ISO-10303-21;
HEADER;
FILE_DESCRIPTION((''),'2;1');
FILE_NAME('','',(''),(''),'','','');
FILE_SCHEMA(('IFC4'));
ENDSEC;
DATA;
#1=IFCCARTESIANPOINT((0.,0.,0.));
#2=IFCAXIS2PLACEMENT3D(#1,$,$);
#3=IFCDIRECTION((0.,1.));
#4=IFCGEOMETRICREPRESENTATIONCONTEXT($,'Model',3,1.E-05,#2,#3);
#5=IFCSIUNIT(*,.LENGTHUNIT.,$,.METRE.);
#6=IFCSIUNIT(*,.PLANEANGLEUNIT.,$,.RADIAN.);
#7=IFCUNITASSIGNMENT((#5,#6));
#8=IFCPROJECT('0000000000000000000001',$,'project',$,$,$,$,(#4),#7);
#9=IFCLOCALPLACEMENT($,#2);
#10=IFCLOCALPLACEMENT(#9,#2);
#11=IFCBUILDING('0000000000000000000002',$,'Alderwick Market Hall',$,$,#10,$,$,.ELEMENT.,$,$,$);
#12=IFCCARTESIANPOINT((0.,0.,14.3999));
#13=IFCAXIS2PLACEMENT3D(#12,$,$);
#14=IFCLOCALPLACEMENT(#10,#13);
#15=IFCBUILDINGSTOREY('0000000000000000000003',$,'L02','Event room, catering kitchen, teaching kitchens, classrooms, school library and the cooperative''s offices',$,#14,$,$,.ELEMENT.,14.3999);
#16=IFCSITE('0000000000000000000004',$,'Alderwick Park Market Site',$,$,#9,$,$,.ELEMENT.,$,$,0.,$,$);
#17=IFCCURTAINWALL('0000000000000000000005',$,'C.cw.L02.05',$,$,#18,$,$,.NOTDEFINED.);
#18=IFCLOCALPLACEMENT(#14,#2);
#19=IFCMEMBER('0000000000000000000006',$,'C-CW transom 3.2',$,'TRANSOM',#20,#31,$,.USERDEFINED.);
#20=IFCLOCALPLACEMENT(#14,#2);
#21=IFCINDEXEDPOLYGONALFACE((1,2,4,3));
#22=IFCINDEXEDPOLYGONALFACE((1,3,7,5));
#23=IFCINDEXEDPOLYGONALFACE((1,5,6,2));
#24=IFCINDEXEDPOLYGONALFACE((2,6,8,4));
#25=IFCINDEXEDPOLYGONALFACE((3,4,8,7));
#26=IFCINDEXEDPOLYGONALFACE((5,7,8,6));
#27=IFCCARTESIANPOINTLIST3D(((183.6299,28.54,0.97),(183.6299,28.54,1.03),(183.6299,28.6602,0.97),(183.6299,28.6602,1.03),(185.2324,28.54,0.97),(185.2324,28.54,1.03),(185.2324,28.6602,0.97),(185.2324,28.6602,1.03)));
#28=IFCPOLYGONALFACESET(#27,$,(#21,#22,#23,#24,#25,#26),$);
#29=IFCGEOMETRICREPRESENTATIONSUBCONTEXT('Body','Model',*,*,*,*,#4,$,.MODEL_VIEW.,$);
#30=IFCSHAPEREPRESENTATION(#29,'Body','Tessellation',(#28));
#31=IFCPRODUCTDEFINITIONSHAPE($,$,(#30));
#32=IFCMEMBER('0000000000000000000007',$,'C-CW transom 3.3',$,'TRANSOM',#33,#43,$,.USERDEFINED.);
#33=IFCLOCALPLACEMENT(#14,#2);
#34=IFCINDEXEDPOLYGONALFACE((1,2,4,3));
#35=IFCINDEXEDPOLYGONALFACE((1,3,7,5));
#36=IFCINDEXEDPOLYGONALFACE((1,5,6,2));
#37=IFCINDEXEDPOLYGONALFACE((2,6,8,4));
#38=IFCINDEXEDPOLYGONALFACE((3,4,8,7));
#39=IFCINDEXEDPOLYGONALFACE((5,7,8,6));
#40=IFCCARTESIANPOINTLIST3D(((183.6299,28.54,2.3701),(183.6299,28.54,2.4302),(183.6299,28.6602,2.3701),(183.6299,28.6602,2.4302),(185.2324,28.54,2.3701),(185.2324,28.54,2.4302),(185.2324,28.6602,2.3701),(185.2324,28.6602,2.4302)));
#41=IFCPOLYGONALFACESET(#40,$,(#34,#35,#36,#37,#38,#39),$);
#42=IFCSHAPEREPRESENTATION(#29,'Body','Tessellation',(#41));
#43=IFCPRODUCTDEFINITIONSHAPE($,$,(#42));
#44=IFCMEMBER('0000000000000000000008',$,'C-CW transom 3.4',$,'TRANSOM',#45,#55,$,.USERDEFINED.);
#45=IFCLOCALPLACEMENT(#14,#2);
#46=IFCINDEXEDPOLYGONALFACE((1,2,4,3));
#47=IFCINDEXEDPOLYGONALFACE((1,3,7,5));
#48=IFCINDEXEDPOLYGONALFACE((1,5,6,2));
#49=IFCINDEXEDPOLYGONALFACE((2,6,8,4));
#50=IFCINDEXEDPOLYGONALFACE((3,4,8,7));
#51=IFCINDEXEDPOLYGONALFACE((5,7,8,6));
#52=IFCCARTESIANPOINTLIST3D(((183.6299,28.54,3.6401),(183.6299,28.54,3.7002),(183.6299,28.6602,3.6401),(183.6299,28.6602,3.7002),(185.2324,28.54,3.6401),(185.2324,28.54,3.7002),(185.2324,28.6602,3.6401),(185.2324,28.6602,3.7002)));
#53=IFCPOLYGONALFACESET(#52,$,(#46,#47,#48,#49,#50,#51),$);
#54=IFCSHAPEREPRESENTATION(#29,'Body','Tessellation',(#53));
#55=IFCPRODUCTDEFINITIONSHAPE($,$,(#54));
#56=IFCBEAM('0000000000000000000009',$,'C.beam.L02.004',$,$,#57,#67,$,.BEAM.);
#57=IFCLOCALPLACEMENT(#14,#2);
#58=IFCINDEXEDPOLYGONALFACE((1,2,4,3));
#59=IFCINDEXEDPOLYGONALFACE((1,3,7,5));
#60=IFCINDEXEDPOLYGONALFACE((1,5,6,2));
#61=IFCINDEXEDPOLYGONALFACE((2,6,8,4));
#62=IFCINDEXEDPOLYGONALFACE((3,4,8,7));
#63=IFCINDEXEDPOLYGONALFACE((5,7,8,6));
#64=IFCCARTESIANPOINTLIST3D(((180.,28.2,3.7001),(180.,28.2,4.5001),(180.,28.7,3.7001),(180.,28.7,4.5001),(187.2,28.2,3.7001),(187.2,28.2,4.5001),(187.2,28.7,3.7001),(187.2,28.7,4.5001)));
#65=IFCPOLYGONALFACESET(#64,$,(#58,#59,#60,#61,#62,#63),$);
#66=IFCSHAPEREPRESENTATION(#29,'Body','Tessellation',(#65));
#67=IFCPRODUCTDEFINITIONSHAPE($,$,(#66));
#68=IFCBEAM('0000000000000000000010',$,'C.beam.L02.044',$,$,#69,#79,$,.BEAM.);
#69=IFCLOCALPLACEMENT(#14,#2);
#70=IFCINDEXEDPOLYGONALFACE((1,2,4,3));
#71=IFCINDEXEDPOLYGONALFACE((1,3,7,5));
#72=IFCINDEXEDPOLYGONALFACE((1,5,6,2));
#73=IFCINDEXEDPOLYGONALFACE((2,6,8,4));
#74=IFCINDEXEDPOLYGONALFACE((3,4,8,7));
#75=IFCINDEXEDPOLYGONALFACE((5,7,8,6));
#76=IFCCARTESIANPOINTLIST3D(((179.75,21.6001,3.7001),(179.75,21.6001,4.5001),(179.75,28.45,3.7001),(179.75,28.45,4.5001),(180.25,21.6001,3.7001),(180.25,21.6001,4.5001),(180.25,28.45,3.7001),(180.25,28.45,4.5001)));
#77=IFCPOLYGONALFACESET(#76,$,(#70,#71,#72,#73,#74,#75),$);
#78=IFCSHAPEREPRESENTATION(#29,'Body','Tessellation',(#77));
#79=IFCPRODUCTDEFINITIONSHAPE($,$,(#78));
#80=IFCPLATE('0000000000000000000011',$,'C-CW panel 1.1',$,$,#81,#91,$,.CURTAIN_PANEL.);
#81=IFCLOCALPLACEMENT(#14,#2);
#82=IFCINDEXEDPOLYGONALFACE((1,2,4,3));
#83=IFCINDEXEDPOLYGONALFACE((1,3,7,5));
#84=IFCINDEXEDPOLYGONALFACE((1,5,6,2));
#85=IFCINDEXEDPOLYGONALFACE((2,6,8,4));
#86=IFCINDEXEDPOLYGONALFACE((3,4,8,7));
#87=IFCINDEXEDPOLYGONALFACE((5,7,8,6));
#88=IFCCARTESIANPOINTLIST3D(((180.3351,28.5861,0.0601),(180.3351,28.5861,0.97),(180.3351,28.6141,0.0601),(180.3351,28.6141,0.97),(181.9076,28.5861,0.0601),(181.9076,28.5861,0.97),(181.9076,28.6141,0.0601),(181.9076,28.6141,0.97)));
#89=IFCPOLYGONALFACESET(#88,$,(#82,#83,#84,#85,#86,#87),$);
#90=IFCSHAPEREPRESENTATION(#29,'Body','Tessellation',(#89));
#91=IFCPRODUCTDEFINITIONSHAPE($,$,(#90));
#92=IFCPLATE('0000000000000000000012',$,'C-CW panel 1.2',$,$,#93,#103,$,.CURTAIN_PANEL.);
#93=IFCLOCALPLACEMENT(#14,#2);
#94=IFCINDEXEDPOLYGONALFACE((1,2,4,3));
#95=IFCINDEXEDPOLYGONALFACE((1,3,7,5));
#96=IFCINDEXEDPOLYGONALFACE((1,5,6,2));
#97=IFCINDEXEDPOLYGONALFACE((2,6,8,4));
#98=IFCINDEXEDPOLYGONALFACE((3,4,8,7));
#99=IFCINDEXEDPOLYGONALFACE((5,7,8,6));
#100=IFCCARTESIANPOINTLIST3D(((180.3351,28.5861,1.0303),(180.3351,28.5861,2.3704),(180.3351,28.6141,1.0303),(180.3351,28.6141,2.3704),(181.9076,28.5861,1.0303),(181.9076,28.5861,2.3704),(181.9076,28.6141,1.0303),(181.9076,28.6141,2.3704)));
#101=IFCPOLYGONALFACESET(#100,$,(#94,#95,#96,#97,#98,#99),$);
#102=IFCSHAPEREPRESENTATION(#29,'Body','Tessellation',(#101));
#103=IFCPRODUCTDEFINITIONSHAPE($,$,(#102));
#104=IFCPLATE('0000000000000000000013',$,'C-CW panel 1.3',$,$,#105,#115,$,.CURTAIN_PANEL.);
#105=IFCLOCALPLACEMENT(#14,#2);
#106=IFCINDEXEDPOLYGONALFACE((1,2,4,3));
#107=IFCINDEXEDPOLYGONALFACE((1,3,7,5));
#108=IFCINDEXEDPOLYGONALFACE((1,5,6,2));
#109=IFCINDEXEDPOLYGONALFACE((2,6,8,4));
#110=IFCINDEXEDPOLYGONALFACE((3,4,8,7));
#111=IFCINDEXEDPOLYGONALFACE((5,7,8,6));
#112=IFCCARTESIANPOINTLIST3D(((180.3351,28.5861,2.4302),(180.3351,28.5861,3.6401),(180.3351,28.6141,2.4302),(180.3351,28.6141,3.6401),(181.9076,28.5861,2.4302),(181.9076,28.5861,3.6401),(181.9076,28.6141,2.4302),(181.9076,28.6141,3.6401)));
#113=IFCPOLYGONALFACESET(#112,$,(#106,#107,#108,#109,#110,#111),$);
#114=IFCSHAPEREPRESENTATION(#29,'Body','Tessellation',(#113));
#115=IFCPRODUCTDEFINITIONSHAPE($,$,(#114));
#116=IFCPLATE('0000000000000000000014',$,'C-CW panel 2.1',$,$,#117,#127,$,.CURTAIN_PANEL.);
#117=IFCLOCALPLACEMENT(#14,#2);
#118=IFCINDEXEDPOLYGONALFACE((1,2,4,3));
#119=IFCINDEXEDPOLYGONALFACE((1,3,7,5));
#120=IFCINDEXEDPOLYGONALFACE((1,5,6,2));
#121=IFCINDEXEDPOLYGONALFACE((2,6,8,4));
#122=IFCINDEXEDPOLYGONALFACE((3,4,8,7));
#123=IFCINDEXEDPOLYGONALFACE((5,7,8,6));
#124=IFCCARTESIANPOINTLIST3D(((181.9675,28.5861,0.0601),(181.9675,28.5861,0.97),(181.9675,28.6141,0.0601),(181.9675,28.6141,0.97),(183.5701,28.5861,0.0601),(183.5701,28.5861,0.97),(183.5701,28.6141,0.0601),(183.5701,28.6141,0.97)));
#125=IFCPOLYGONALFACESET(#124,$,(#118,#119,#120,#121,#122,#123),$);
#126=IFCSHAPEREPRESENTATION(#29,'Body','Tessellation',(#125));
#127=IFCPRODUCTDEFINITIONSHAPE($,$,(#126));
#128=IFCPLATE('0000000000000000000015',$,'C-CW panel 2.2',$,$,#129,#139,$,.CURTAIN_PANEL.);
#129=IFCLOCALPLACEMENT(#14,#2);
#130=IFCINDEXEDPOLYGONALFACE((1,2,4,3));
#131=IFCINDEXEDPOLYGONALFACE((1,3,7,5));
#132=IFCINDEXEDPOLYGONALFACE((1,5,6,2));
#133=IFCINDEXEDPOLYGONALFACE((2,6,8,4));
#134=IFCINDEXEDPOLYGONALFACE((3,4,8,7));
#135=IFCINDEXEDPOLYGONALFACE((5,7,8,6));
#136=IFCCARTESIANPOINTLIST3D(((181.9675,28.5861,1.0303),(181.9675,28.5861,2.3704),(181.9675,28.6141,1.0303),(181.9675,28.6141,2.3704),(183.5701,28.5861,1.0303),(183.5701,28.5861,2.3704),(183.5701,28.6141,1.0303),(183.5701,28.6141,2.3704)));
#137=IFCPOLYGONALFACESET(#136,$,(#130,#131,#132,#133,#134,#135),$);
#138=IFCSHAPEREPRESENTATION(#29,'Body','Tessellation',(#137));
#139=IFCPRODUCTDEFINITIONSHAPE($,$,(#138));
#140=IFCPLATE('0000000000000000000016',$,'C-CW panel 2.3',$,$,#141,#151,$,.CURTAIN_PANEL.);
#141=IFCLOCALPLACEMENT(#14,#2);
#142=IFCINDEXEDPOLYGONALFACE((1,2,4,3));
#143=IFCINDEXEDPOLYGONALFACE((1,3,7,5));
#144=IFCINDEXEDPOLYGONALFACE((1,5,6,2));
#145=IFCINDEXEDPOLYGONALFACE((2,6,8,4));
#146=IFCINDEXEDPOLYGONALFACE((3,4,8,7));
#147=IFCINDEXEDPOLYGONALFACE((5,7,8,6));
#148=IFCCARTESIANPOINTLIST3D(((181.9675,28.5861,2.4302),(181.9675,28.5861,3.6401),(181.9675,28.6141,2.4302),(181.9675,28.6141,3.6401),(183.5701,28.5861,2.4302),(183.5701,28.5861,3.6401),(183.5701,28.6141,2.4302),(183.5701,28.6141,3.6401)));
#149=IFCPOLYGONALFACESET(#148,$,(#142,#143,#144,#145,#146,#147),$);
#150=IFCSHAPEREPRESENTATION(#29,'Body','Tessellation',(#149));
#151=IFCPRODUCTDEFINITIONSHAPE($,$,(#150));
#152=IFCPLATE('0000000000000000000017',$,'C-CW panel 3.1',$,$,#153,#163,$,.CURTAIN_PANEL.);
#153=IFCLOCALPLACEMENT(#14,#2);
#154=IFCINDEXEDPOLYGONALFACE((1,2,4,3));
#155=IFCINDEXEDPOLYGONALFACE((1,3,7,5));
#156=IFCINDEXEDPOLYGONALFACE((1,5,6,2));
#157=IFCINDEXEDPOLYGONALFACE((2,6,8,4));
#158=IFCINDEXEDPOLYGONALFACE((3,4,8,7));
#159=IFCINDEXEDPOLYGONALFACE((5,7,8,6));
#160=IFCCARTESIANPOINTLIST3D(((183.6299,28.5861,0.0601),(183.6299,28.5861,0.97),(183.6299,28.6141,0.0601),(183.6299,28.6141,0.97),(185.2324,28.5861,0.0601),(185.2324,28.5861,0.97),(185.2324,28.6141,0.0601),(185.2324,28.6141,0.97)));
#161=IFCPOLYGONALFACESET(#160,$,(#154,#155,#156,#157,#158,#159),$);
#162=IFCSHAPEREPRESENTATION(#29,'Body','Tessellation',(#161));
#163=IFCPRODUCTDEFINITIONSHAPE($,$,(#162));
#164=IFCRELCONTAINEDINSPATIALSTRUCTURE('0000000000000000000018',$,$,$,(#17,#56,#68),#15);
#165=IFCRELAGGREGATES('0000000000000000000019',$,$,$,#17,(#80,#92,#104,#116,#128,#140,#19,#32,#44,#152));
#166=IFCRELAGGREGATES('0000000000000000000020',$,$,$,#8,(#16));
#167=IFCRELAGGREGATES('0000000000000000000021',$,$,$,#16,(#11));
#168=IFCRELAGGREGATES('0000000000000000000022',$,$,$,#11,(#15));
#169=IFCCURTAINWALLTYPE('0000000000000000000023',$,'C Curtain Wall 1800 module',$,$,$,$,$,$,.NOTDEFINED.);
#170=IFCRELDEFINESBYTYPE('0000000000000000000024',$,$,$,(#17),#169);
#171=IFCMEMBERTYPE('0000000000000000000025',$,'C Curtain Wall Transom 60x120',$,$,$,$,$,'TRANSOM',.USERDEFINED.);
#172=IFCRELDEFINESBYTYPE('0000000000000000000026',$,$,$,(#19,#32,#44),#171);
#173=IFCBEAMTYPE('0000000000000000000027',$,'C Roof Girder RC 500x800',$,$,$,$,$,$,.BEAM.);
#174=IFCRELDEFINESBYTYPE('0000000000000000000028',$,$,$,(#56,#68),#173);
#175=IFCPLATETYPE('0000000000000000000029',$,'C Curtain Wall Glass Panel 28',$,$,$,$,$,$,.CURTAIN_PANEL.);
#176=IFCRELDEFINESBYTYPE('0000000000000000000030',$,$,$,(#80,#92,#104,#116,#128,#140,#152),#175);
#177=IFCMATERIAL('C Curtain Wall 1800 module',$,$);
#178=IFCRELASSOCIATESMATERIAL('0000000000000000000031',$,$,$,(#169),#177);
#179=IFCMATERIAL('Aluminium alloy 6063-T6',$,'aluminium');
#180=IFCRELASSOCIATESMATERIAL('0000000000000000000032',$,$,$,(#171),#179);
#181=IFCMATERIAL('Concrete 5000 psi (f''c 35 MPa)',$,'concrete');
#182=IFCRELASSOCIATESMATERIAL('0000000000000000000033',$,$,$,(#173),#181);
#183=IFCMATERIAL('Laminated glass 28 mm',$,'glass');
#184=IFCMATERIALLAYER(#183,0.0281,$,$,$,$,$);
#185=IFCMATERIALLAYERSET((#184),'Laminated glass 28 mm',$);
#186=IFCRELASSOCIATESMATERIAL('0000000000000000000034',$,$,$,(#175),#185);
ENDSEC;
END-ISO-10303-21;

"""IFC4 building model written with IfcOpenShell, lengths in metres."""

from ifc_helpers import new_model, si_unit, direction, frame, origin, origin_2d, place, context, subcontext, project, spatial, rectangle, extrude, material, layer, layer_set, material_profile, profile_set, type_object, element, aggregate, save


model = new_model("IFC4")

# Units and contexts
model_context = context("Model", 3, precision=1e-05, world=origin(), true_north=direction((0.0, 1.0)))
body_context = subcontext(model_context, "Body", "Model", "MODEL_VIEW")
ifc_project = project(units=[si_unit("LENGTHUNIT", "METRE"), si_unit("PLANEANGLEUNIT", "RADIAN")], contexts=[model_context])

# Site, building, storey
site_placement = place(None, origin())
site = spatial("IfcSite", under=ifc_project, at=site_placement, Name="Alderwick Park Market Site", CompositionType="ELEMENT", RefElevation=0.0)
building_placement = place(site_placement, origin())
building = spatial("IfcBuilding", under=site, at=building_placement, Name="Alderwick Market Hall", CompositionType="ELEMENT")
storey_placement = place(building_placement, frame((0.0, 0.0, 14.3999)))
storey = spatial("IfcBuildingStorey", under=building, at=storey_placement, Name="L02", Description="Event room, catering kitchen, teaching kitchens, classrooms, school library and the cooperative's offices", CompositionType="ELEMENT", Elevation=14.3999)

# Shared definitions
ifc_material_1 = material(Name="Concrete 5000 psi (f'c 35 MPa)", Category="concrete")

# Shared definitions
ifc_material_2 = material(Name="C Curtain Wall 1800 module")
curtain_wall_type = type_object("IfcCurtainWallType", Name="C Curtain Wall 1800 module", PredefinedType="NOTDEFINED", material=ifc_material_2)
ifc_material_3 = material(Name="Aluminium alloy 6063-T6", Category="aluminium")

# Curtain wall, members
curtain_wall_1_placement = place(storey_placement, origin())
curtain_wall_1 = element("IfcCurtainWall", 1, at=curtain_wall_1_placement, inside=storey, type_object=curtain_wall_type, Name="C.cw.L02.05", PredefinedType="NOTDEFINED")
ifc_material_profile_1 = material_profile(ifc_material_3, rectangle(XDim=0.1201, YDim=0.0601, at=origin_2d()), Name="AL 60x120")
ifc_profile_set_1 = profile_set([ifc_material_profile_1], Name="Aluminium alloy 6063-T6")
member_type_1 = type_object("IfcMemberType", Name="C Curtain Wall Transom 60x120", ElementType="TRANSOM", PredefinedType="USERDEFINED", material=ifc_profile_set_1)
member_1_placement = place(storey_placement, frame((183.6299, 28.6001, 1.0), z_axis=(1.0, 0.0, 0.0), x_axis=(0.0, 1.0, 0.0)))
member_1 = element("IfcMember", 2, at=member_1_placement, type_object=member_type_1, Name="C-CW transom 3.2", ObjectType="TRANSOM", PredefinedType="USERDEFINED", context=body_context, shape_type="SweptSolid", body=[
    extrude(rectangle(XDim=0.1201, YDim=0.0601, at=origin_2d()), origin(), (0.0, 0.0, 1.0), 1.6025),
])
member_2_placement = place(storey_placement, frame((183.6299, 28.6001, 2.4001), z_axis=(1.0, 0.0, 0.0), x_axis=(0.0, 1.0, 0.0)))
member_2 = element("IfcMember", 3, at=member_2_placement, type_object=member_type_1, Name="C-CW transom 3.3", ObjectType="TRANSOM", PredefinedType="USERDEFINED", context=body_context, shape_type="SweptSolid", body=[
    extrude(rectangle(XDim=0.1201, YDim=0.0601, at=origin_2d()), origin(), (0.0, 0.0, 1.0), 1.6025),
])
member_3_placement = place(storey_placement, frame((183.6299, 28.6001, 3.6702), z_axis=(1.0, 0.0, 0.0), x_axis=(0.0, 1.0, 0.0)))
member_3 = element("IfcMember", 4, at=member_3_placement, type_object=member_type_1, Name="C-CW transom 3.4", ObjectType="TRANSOM", PredefinedType="USERDEFINED", context=body_context, shape_type="SweptSolid", body=[
    extrude(rectangle(XDim=0.1201, YDim=0.0601, at=origin_2d()), origin(), (0.0, 0.0, 1.0), 1.6025),
])

# Beams
ifc_material_profile_2 = material_profile(ifc_material_1, rectangle(XDim=0.5, YDim=0.8, at=origin_2d()), Name="RC 500x800")
ifc_profile_set_2 = profile_set([ifc_material_profile_2], Name="Concrete 5000 psi (f'c 35 MPa)")
beam_type = type_object("IfcBeamType", Name="C Roof Girder RC 500x800", PredefinedType="BEAM", material=ifc_profile_set_2)
beam_1_placement = place(storey_placement, frame((180.0, 28.45, 4.1001), z_axis=(1.0, 0.0, 0.0), x_axis=(0.0, 1.0, 0.0)))
element("IfcBeam", 5, at=beam_1_placement, inside=storey, type_object=beam_type, Name="C.beam.L02.004", PredefinedType="BEAM", context=body_context, shape_type="SweptSolid", body=[
    extrude(rectangle(XDim=0.5, YDim=0.8, at=origin_2d()), origin(), (0.0, 0.0, 1.0), 7.2),
])
beam_2_placement = place(storey_placement, frame((180.0, 28.45, 4.1001), z_axis=(0.0, -1.0, 0.0), x_axis=(1.0, 0.0, 0.0)))
element("IfcBeam", 6, at=beam_2_placement, inside=storey, type_object=beam_type, Name="C.beam.L02.044", PredefinedType="BEAM", context=body_context, shape_type="SweptSolid", body=[
    extrude(rectangle(XDim=0.5, YDim=0.8, at=origin_2d()), origin(), (0.0, 0.0, 1.0), 6.8499),
])

# Plates
ifc_material_4 = material(Name="Laminated glass 28 mm", Category="glass")
ifc_layer = layer(ifc_material_4, 0.0281)
ifc_layer_set = layer_set([ifc_layer], Name="Laminated glass 28 mm")
plate_type = type_object("IfcPlateType", Name="C Curtain Wall Glass Panel 28", PredefinedType="CURTAIN_PANEL", material=ifc_layer_set)
plate_1_placement = place(storey_placement, frame((181.1213, 28.6001, 0.0601), z_axis=(0.0, 0.0, 1.0), x_axis=(1.0, 0.0, 0.0)))
plate_1 = element("IfcPlate", 7, at=plate_1_placement, type_object=plate_type, Name="C-CW panel 1.1", PredefinedType="CURTAIN_PANEL", context=body_context, shape_type="SweptSolid", body=[
    extrude(rectangle(XDim=1.5725, YDim=0.0281, at=origin_2d()), origin(), (0.0, 0.0, 1.0), 0.9099),
])
plate_2_placement = place(storey_placement, frame((181.1213, 28.6001, 1.0303), z_axis=(0.0, 0.0, 1.0), x_axis=(1.0, 0.0, 0.0)))
plate_2 = element("IfcPlate", 8, at=plate_2_placement, type_object=plate_type, Name="C-CW panel 1.2", PredefinedType="CURTAIN_PANEL", context=body_context, shape_type="SweptSolid", body=[
    extrude(rectangle(XDim=1.5725, YDim=0.0281, at=origin_2d()), origin(), (0.0, 0.0, 1.0), 1.3401),
])
plate_3_placement = place(storey_placement, frame((181.1213, 28.6001, 2.4302), z_axis=(0.0, 0.0, 1.0), x_axis=(1.0, 0.0, 0.0)))
plate_3 = element("IfcPlate", 9, at=plate_3_placement, type_object=plate_type, Name="C-CW panel 1.3", PredefinedType="CURTAIN_PANEL", context=body_context, shape_type="SweptSolid", body=[
    extrude(rectangle(XDim=1.5725, YDim=0.0281, at=origin_2d()), origin(), (0.0, 0.0, 1.0), 1.21),
])
plate_4_placement = place(storey_placement, frame((182.7688, 28.6001, 0.0601), z_axis=(0.0, 0.0, 1.0), x_axis=(1.0, 0.0, 0.0)))
plate_4 = element("IfcPlate", 10, at=plate_4_placement, type_object=plate_type, Name="C-CW panel 2.1", PredefinedType="CURTAIN_PANEL", context=body_context, shape_type="SweptSolid", body=[
    extrude(rectangle(XDim=1.6025, YDim=0.0281, at=origin_2d()), origin(), (0.0, 0.0, 1.0), 0.9099),
])
plate_5_placement = place(storey_placement, frame((182.7688, 28.6001, 1.0303), z_axis=(0.0, 0.0, 1.0), x_axis=(1.0, 0.0, 0.0)))
plate_5 = element("IfcPlate", 11, at=plate_5_placement, type_object=plate_type, Name="C-CW panel 2.2", PredefinedType="CURTAIN_PANEL", context=body_context, shape_type="SweptSolid", body=[
    extrude(rectangle(XDim=1.6025, YDim=0.0281, at=origin_2d()), origin(), (0.0, 0.0, 1.0), 1.3401),
])
plate_6_placement = place(storey_placement, frame((182.7688, 28.6001, 2.4302), z_axis=(0.0, 0.0, 1.0), x_axis=(1.0, 0.0, 0.0)))
plate_6 = element("IfcPlate", 12, at=plate_6_placement, type_object=plate_type, Name="C-CW panel 2.3", PredefinedType="CURTAIN_PANEL", context=body_context, shape_type="SweptSolid", body=[
    extrude(rectangle(XDim=1.6025, YDim=0.0281, at=origin_2d()), origin(), (0.0, 0.0, 1.0), 1.21),
])
plate_7_placement = place(storey_placement, frame((184.4312, 28.6001, 0.0601), z_axis=(0.0, 0.0, 1.0), x_axis=(1.0, 0.0, 0.0)))
plate_7 = element("IfcPlate", 13, at=plate_7_placement, type_object=plate_type, Name="C-CW panel 3.1", PredefinedType="CURTAIN_PANEL", context=body_context, shape_type="SweptSolid", body=[
    extrude(rectangle(XDim=1.6025, YDim=0.0281, at=origin_2d()), origin(), (0.0, 0.0, 1.0), 0.9099),
])
aggregate(curtain_wall_1, [plate_1, plate_2, plate_3, plate_4, plate_5, plate_6, member_1, member_2, member_3, plate_7])

save(model, "model.ifc")
